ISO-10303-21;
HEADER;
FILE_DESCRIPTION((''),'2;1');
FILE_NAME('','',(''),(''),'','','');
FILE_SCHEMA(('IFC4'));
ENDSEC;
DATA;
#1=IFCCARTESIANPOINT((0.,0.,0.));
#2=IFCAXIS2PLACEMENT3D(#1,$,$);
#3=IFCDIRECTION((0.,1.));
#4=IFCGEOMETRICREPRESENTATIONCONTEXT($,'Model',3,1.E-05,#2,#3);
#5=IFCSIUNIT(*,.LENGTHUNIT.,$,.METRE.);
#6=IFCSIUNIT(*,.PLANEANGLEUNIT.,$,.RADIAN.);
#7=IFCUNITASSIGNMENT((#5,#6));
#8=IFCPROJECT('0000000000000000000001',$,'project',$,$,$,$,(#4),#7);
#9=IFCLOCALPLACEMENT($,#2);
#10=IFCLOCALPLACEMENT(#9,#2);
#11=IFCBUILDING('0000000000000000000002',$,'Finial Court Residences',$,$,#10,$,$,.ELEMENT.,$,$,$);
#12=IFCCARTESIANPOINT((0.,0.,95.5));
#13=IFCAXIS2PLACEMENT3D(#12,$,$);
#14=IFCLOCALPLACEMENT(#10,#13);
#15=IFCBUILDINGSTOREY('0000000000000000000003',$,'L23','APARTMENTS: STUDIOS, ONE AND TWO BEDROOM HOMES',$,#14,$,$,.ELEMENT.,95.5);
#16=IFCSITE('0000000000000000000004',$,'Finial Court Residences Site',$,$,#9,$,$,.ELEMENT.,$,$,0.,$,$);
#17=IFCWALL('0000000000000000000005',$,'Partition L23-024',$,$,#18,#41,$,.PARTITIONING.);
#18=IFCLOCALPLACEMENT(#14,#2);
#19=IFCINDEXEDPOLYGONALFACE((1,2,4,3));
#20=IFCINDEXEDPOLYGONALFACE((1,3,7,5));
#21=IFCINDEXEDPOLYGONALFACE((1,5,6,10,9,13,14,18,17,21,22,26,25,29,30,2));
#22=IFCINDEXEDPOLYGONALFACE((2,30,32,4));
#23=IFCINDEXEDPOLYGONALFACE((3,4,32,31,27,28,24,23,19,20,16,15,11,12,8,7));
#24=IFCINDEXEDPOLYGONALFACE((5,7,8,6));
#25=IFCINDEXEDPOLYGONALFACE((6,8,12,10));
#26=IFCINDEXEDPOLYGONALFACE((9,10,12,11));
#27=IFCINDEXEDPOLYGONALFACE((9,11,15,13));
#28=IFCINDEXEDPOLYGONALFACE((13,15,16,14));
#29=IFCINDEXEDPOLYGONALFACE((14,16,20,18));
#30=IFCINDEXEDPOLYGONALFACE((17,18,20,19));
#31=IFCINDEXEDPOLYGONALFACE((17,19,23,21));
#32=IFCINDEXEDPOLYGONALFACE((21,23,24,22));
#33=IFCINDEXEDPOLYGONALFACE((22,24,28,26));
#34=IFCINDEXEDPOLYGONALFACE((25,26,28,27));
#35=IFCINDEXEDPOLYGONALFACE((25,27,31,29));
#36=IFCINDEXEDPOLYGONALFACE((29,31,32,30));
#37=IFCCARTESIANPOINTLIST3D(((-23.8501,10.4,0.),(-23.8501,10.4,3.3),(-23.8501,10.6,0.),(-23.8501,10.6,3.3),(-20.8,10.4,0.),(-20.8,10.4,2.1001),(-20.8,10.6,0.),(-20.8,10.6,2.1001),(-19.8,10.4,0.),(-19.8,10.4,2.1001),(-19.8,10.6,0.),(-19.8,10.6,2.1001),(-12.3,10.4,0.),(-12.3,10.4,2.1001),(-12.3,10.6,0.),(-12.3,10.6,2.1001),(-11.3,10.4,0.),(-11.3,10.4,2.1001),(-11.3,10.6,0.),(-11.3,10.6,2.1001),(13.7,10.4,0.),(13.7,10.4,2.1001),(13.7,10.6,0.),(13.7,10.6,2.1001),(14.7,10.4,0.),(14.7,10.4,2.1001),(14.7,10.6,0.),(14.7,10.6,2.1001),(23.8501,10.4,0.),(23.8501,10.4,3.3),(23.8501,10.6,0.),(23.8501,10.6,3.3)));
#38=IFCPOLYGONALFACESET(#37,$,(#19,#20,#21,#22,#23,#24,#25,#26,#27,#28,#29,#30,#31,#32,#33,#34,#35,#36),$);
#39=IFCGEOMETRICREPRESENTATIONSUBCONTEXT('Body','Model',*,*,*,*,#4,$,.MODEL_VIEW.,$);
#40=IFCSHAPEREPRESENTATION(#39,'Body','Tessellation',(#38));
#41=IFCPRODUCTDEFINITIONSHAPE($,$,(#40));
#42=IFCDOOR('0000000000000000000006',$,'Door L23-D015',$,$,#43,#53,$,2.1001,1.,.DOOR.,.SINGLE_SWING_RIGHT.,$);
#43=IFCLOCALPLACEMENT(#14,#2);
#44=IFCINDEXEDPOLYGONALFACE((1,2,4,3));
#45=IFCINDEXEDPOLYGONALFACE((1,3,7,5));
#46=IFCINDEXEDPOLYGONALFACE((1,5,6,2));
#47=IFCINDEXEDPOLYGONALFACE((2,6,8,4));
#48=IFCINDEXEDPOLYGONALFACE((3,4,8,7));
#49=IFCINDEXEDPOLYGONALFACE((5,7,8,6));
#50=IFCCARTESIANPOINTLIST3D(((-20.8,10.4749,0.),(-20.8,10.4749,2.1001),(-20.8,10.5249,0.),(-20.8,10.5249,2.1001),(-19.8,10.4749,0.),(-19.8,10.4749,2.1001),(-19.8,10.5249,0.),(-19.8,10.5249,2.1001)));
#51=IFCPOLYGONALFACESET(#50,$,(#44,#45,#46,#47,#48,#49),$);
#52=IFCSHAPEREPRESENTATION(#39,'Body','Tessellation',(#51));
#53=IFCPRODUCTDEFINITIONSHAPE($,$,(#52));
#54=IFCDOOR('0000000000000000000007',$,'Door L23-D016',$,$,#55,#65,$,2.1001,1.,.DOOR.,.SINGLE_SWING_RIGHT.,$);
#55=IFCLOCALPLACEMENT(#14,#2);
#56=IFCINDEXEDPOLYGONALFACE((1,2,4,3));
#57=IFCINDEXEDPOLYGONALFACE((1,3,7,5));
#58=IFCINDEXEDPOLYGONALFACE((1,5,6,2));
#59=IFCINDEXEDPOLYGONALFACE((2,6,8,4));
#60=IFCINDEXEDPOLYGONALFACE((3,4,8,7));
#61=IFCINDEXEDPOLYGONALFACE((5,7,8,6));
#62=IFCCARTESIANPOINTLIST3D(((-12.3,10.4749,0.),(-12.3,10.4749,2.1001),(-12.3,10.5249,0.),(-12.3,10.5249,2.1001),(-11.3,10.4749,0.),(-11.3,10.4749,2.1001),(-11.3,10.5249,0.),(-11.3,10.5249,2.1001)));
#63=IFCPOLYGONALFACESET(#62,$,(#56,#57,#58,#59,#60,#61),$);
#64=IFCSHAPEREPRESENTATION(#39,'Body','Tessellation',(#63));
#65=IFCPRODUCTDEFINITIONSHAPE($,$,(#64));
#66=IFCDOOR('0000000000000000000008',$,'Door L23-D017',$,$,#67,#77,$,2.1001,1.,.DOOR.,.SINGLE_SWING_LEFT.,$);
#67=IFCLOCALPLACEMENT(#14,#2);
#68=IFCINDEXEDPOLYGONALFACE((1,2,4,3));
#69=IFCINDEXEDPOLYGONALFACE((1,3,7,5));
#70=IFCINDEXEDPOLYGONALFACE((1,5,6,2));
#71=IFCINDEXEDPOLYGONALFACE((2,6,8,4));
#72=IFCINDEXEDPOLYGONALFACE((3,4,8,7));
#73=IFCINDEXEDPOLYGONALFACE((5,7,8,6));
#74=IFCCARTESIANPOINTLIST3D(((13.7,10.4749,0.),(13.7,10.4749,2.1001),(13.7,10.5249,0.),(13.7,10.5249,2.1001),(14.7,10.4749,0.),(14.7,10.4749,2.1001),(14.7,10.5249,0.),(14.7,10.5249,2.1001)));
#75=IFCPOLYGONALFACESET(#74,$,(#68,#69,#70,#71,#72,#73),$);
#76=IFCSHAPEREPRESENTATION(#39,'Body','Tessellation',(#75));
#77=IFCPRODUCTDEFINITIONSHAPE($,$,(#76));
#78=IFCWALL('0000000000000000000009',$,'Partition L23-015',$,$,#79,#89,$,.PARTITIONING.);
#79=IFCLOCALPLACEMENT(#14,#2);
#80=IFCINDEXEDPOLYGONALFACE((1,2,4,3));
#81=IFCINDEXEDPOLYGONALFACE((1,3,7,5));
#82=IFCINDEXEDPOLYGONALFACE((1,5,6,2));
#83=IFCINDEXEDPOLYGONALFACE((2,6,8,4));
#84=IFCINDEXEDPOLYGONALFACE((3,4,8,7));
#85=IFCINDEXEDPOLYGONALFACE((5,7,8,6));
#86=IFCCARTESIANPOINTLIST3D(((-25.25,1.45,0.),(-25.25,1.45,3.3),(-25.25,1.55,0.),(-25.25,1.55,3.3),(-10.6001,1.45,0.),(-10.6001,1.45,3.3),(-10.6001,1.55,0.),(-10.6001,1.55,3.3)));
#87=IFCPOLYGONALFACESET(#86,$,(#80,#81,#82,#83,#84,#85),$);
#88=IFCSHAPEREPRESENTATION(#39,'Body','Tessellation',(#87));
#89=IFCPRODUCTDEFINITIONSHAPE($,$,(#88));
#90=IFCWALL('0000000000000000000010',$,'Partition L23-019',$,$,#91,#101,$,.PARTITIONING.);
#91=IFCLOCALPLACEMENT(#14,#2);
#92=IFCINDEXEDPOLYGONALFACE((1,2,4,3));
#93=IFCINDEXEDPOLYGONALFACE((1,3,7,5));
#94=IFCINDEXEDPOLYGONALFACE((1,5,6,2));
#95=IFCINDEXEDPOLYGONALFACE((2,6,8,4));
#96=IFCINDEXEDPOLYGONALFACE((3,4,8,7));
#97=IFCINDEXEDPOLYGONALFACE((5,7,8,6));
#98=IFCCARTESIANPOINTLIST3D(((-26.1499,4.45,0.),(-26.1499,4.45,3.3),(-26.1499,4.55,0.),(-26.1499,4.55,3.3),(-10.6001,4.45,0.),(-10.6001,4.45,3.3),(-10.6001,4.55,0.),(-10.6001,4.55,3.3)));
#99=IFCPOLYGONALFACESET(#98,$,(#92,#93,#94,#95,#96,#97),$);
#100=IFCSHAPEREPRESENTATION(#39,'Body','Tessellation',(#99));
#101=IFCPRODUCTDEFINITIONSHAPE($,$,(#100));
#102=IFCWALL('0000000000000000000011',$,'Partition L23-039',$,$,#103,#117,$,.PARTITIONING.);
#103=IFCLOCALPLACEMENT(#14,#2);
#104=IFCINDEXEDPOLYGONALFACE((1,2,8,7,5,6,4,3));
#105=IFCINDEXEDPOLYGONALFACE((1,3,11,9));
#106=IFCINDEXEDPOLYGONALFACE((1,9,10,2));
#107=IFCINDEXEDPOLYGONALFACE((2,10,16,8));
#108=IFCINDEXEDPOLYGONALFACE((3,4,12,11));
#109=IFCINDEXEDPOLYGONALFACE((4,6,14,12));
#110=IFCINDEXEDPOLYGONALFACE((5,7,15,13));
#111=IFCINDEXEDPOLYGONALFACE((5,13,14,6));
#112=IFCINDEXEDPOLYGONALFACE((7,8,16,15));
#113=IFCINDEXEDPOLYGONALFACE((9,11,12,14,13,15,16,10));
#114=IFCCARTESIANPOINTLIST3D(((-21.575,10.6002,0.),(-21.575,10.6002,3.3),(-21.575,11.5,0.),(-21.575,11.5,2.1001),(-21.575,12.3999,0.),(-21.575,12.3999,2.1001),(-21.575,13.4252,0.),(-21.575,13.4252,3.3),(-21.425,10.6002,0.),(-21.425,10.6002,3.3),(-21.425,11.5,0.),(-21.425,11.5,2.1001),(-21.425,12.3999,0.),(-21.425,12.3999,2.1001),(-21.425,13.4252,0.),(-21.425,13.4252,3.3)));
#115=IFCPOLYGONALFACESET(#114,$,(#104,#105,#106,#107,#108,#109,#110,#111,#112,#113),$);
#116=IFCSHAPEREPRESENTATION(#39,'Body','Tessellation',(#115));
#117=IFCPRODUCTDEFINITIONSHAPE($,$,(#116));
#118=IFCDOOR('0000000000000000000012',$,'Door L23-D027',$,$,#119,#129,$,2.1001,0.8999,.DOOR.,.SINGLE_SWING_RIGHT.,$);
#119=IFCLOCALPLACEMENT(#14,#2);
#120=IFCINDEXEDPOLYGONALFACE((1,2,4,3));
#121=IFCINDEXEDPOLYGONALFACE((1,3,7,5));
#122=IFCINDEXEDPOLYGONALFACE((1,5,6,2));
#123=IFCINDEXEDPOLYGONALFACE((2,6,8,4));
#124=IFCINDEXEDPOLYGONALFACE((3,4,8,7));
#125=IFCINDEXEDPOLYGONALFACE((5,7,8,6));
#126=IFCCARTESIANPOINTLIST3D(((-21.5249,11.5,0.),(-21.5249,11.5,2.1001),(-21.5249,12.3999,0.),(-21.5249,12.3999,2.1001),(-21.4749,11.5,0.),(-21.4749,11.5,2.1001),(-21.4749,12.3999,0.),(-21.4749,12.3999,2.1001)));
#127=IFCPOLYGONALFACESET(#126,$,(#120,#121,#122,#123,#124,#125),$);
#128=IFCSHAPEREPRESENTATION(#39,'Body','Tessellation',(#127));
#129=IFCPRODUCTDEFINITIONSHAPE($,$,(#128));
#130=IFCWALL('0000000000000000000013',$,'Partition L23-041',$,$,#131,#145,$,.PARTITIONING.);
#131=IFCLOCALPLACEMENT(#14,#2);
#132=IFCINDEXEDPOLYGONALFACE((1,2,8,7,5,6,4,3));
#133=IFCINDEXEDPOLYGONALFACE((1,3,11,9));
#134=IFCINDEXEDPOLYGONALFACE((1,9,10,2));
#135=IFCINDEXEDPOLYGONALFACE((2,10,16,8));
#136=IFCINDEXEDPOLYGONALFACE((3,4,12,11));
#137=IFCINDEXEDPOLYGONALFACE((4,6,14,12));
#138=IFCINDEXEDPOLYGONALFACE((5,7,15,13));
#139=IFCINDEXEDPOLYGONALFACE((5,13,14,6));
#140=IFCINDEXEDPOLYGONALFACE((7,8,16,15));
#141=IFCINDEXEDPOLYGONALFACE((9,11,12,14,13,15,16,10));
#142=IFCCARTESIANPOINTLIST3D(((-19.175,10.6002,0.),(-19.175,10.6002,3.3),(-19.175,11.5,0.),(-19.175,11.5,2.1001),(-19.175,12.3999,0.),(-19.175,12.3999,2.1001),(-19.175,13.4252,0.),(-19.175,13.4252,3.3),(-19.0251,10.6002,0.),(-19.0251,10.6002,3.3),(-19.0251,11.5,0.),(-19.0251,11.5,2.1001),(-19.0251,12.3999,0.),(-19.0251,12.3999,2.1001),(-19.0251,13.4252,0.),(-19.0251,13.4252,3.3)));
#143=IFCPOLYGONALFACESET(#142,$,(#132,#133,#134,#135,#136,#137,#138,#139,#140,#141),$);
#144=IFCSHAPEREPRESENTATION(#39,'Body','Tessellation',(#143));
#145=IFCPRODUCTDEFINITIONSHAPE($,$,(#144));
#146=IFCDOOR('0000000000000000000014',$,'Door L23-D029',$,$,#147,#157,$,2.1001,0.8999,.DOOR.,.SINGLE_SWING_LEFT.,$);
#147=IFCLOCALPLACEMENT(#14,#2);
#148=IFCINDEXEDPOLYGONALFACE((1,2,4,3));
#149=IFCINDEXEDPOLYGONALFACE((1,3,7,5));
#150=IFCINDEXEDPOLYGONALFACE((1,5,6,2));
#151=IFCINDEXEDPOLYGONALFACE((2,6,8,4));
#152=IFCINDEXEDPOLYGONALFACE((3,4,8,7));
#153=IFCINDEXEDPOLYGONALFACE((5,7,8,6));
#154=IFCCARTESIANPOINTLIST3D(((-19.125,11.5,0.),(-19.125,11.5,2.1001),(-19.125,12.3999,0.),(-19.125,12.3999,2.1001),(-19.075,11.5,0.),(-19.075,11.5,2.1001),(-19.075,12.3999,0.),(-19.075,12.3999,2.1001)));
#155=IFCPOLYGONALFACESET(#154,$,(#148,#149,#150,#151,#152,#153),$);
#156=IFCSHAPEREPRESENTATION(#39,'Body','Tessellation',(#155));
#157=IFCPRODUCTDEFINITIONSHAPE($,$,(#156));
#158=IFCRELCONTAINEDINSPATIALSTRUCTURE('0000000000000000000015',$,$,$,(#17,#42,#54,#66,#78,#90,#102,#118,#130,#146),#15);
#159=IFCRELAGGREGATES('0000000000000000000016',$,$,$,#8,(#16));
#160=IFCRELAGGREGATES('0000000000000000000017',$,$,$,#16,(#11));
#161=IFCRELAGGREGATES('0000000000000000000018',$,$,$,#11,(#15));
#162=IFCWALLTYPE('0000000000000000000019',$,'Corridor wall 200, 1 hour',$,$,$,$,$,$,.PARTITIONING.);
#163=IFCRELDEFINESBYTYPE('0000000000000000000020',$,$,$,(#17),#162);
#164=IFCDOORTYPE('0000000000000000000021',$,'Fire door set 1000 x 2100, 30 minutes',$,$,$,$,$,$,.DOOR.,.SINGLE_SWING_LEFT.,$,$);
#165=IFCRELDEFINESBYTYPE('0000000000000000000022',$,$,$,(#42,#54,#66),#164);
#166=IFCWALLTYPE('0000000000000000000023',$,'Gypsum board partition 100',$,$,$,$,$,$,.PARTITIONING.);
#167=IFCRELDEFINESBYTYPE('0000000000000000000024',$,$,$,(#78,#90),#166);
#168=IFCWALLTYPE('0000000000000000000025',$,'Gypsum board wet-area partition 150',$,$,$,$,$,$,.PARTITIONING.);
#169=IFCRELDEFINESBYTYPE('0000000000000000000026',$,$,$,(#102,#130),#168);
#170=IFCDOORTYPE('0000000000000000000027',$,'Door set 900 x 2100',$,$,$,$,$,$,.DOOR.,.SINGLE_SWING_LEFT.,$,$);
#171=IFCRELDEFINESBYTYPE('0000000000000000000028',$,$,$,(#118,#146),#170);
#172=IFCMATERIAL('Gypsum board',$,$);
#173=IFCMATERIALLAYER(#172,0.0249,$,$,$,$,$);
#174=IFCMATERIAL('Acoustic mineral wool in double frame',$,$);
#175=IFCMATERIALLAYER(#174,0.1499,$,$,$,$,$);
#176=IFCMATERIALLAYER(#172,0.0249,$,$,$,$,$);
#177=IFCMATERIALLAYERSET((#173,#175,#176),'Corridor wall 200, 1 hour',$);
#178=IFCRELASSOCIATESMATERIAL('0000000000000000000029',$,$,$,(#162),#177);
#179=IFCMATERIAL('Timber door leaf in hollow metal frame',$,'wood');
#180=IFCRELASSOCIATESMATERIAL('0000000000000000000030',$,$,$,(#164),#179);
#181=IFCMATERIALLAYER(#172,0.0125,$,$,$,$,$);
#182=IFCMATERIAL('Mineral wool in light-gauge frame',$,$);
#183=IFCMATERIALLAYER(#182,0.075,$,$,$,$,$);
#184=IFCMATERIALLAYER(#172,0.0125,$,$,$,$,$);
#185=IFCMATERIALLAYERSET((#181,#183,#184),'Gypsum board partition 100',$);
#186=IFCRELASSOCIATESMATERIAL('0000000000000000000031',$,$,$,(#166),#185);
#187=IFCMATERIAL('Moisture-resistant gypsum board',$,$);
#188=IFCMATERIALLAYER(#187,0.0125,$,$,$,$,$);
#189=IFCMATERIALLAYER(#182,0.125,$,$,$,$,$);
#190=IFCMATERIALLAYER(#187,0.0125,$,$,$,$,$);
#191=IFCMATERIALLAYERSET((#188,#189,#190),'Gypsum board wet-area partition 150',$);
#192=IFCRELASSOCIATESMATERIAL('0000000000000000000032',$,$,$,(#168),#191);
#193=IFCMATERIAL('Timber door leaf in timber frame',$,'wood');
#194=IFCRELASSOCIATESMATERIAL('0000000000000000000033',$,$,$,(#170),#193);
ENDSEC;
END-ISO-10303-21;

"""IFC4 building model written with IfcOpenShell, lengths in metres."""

from ifc_helpers import new_model, si_unit, direction, frame, frame_2d, origin, place, context, subcontext, project, spatial, rectangle, extrude, material, layer, layer_set, type_object, element, fill, save


model = new_model("IFC4")

# Units and contexts
model_context = context("Model", 3, precision=1e-05, world=origin(), true_north=direction((0.0, 1.0)))
body_context = subcontext(model_context, "Body", "Model", "MODEL_VIEW")
ifc_project = project(units=[si_unit("LENGTHUNIT", "METRE"), si_unit("PLANEANGLEUNIT", "RADIAN")], contexts=[model_context])

# Site, building, storey
site_placement = place(None, origin())
site = spatial("IfcSite", under=ifc_project, at=site_placement, Name="Finial Court Residences Site", CompositionType="ELEMENT", RefElevation=0.0)
building_placement = place(site_placement, origin())
building = spatial("IfcBuilding", under=site, at=building_placement, Name="Finial Court Residences", CompositionType="ELEMENT")
storey_placement = place(building_placement, frame((0.0, 0.0, 95.5)))
storey = spatial("IfcBuildingStorey", under=building, at=storey_placement, Name="L23", Description="APARTMENTS: STUDIOS, ONE AND TWO BEDROOM HOMES", CompositionType="ELEMENT", Elevation=95.5)

# Shared definitions
ifc_material_1 = material(Name="Gypsum board")
ifc_layer_1 = layer(ifc_material_1, 0.0249)
ifc_material_2 = material(Name="Acoustic mineral wool in double frame")
ifc_layer_2 = layer(ifc_material_2, 0.1499)
ifc_layer_3 = layer(ifc_material_1, 0.0249)
ifc_layer_set_1 = layer_set([ifc_layer_1, ifc_layer_2, ifc_layer_3], Name="Corridor wall 200, 1 hour")
wall_type_1 = type_object("IfcWallType", Name="Corridor wall 200, 1 hour", PredefinedType="PARTITIONING", material=ifc_layer_set_1)

# Wall, openings, doors
wall_1_placement = place(storey_placement, frame((-23.8501, 10.5, 0.0), z_axis=(0.0, 0.0, 1.0), x_axis=(1.0, 0.0, 0.0)))
wall_1 = element("IfcWall", 1, at=wall_1_placement, inside=storey, type_object=wall_type_1, Name="Partition L23-024", PredefinedType="PARTITIONING", context=body_context, shape_type="SweptSolid", body=[
    extrude(rectangle(XDim=47.7002, YDim=0.2, at=frame_2d((23.8501, 0.0))), origin(), (0.0, 0.0, 1.0), 3.3),
])
opening_1_placement = place(wall_1_placement, frame((3.05, 0.0, 0.0)))
opening_1 = element("IfcOpeningElement", 2, at=opening_1_placement, cuts=wall_1, PredefinedType="OPENING", context=body_context, shape_type="SweptSolid", body=[
    extrude(rectangle(XDim=1.0, YDim=2.1001, at=frame_2d((0.5, 1.05))), frame((0.0, 0.1099, 0.0), z_axis=(0.0, -1.0, 0.0), x_axis=(1.0, 0.0, 0.0)), (0.0, 0.0, 1.0), 0.22),
])
opening_2_placement = place(wall_1_placement, frame((11.55, 0.0, 0.0)))
opening_2 = element("IfcOpeningElement", 3, at=opening_2_placement, cuts=wall_1, PredefinedType="OPENING", context=body_context, shape_type="SweptSolid", body=[
    extrude(rectangle(XDim=1.0, YDim=2.1001, at=frame_2d((0.5, 1.05))), frame((0.0, 0.1099, 0.0), z_axis=(0.0, -1.0, 0.0), x_axis=(1.0, 0.0, 0.0)), (0.0, 0.0, 1.0), 0.22),
])
opening_3_placement = place(wall_1_placement, frame((37.55, 0.0, 0.0)))
opening_3 = element("IfcOpeningElement", 4, at=opening_3_placement, cuts=wall_1, PredefinedType="OPENING", context=body_context, shape_type="SweptSolid", body=[
    extrude(rectangle(XDim=1.0, YDim=2.1001, at=frame_2d((0.5, 1.05))), frame((0.0, 0.1099, 0.0), z_axis=(0.0, -1.0, 0.0), x_axis=(1.0, 0.0, 0.0)), (0.0, 0.0, 1.0), 0.22),
])
ifc_material_3 = material(Name="Timber door leaf in hollow metal frame", Category="wood")
door_type_1 = type_object("IfcDoorType", Name="Fire door set 1000 x 2100, 30 minutes", OperationType="SINGLE_SWING_LEFT", PredefinedType="DOOR", material=ifc_material_3)
door_1_placement = place(opening_1_placement, origin())
door_1 = element("IfcDoor", 5, at=door_1_placement, inside=storey, type_object=door_type_1, Name="Door L23-D015", OperationType="SINGLE_SWING_RIGHT", OverallHeight=2.1001, OverallWidth=1.0, PredefinedType="DOOR", context=body_context, shape_type="SweptSolid", body=[
    extrude(rectangle(XDim=1.0, YDim=2.1001, at=frame_2d((0.5, 1.05))), frame((0.0, 0.0249, 0.0), z_axis=(0.0, -1.0, 0.0), x_axis=(1.0, 0.0, 0.0)), (0.0, 0.0, 1.0), 0.05),
])
fill(opening_1, door_1)
door_2_placement = place(opening_2_placement, origin())
door_2 = element("IfcDoor", 6, at=door_2_placement, inside=storey, type_object=door_type_1, Name="Door L23-D016", OperationType="SINGLE_SWING_RIGHT", OverallHeight=2.1001, OverallWidth=1.0, PredefinedType="DOOR", context=body_context, shape_type="SweptSolid", body=[
    extrude(rectangle(XDim=1.0, YDim=2.1001, at=frame_2d((0.5, 1.05))), frame((0.0, 0.0249, 0.0), z_axis=(0.0, -1.0, 0.0), x_axis=(1.0, 0.0, 0.0)), (0.0, 0.0, 1.0), 0.05),
])
fill(opening_2, door_2)
door_3_placement = place(opening_3_placement, origin())
door_3 = element("IfcDoor", 7, at=door_3_placement, inside=storey, type_object=door_type_1, Name="Door L23-D017", OperationType="SINGLE_SWING_LEFT", OverallHeight=2.1001, OverallWidth=1.0, PredefinedType="DOOR", context=body_context, shape_type="SweptSolid", body=[
    extrude(rectangle(XDim=1.0, YDim=2.1001, at=frame_2d((0.5, 1.05))), frame((0.0, 0.0249, 0.0), z_axis=(0.0, -1.0, 0.0), x_axis=(1.0, 0.0, 0.0)), (0.0, 0.0, 1.0), 0.05),
])
fill(opening_3, door_3)

# Walls
ifc_layer_4 = layer(ifc_material_1, 0.0125)
ifc_material_4 = material(Name="Mineral wool in light-gauge frame")
ifc_layer_5 = layer(ifc_material_4, 0.075)
ifc_layer_6 = layer(ifc_material_1, 0.0125)
ifc_layer_set_2 = layer_set([ifc_layer_4, ifc_layer_5, ifc_layer_6], Name="Gypsum board partition 100")
wall_type_2 = type_object("IfcWallType", Name="Gypsum board partition 100", PredefinedType="PARTITIONING", material=ifc_layer_set_2)
wall_2_placement = place(storey_placement, frame((-25.25, 1.5, 0.0), z_axis=(0.0, 0.0, 1.0), x_axis=(1.0, 0.0, 0.0)))
element("IfcWall", 8, at=wall_2_placement, inside=storey, type_object=wall_type_2, Name="Partition L23-015", PredefinedType="PARTITIONING", context=body_context, shape_type="SweptSolid", body=[
    extrude(rectangle(XDim=14.6499, YDim=0.1001, at=frame_2d((7.325, 0.0))), origin(), (0.0, 0.0, 1.0), 3.3),
])
wall_3_placement = place(storey_placement, frame((-26.1499, 4.5, 0.0), z_axis=(0.0, 0.0, 1.0), x_axis=(1.0, 0.0, 0.0)))
element("IfcWall", 9, at=wall_3_placement, inside=storey, type_object=wall_type_2, Name="Partition L23-019", PredefinedType="PARTITIONING", context=body_context, shape_type="SweptSolid", body=[
    extrude(rectangle(XDim=15.5498, YDim=0.1001, at=frame_2d((7.7749, 0.0))), origin(), (0.0, 0.0, 1.0), 3.3),
])

# Walls, openings, doors
ifc_material_5 = material(Name="Moisture-resistant gypsum board")
ifc_layer_7 = layer(ifc_material_5, 0.0125)
ifc_layer_8 = layer(ifc_material_4, 0.125)
ifc_layer_9 = layer(ifc_material_5, 0.0125)
ifc_layer_set_3 = layer_set([ifc_layer_7, ifc_layer_8, ifc_layer_9], Name="Gypsum board wet-area partition 150")
wall_type_3 = type_object("IfcWallType", Name="Gypsum board wet-area partition 150", PredefinedType="PARTITIONING", material=ifc_layer_set_3)
wall_4_placement = place(storey_placement, frame((-21.5, 10.6001, 0.0), z_axis=(0.0, 0.0, 1.0), x_axis=(0.0, 1.0, 0.0)))
wall_4 = element("IfcWall", 10, at=wall_4_placement, inside=storey, type_object=wall_type_3, Name="Partition L23-039", PredefinedType="PARTITIONING", context=body_context, shape_type="SweptSolid", body=[
    extrude(rectangle(XDim=2.825, YDim=0.1499, at=frame_2d((1.4126, 0.0))), origin(), (0.0, 0.0, 1.0), 3.3),
])
opening_4_placement = place(wall_4_placement, frame((0.8999, 0.0, 0.0)))
opening_4 = element("IfcOpeningElement", 11, at=opening_4_placement, cuts=wall_4, PredefinedType="OPENING", context=body_context, shape_type="SweptSolid", body=[
    extrude(rectangle(XDim=0.8999, YDim=2.1001, at=frame_2d((0.45, 1.05))), frame((0.0, 0.085, 0.0), z_axis=(0.0, -1.0, 0.0), x_axis=(1.0, 0.0, 0.0)), (0.0, 0.0, 1.0), 0.1699),
])
ifc_material_6 = material(Name="Timber door leaf in timber frame", Category="wood")
door_type_2 = type_object("IfcDoorType", Name="Door set 900 x 2100", OperationType="SINGLE_SWING_LEFT", PredefinedType="DOOR", material=ifc_material_6)
door_4_placement = place(opening_4_placement, origin())
door_4 = element("IfcDoor", 12, at=door_4_placement, inside=storey, type_object=door_type_2, Name="Door L23-D027", OperationType="SINGLE_SWING_RIGHT", OverallHeight=2.1001, OverallWidth=0.8999, PredefinedType="DOOR", context=body_context, shape_type="SweptSolid", body=[
    extrude(rectangle(XDim=0.8999, YDim=2.1001, at=frame_2d((0.45, 1.05))), frame((0.0, 0.0249, 0.0), z_axis=(0.0, -1.0, 0.0), x_axis=(1.0, 0.0, 0.0)), (0.0, 0.0, 1.0), 0.05),
])
fill(opening_4, door_4)
wall_5_placement = place(storey_placement, frame((-19.1001, 10.6001, 0.0), z_axis=(0.0, 0.0, 1.0), x_axis=(0.0, 1.0, 0.0)))
wall_5 = element("IfcWall", 13, at=wall_5_placement, inside=storey, type_object=wall_type_3, Name="Partition L23-041", PredefinedType="PARTITIONING", context=body_context, shape_type="SweptSolid", body=[
    extrude(rectangle(XDim=2.825, YDim=0.1499, at=frame_2d((1.4126, 0.0))), origin(), (0.0, 0.0, 1.0), 3.3),
])
opening_5_placement = place(wall_5_placement, frame((0.8999, 0.0, 0.0)))
opening_5 = element("IfcOpeningElement", 14, at=opening_5_placement, cuts=wall_5, PredefinedType="OPENING", context=body_context, shape_type="SweptSolid", body=[
    extrude(rectangle(XDim=0.8999, YDim=2.1001, at=frame_2d((0.45, 1.05))), frame((0.0, 0.085, 0.0), z_axis=(0.0, -1.0, 0.0), x_axis=(1.0, 0.0, 0.0)), (0.0, 0.0, 1.0), 0.1699),
])
door_5_placement = place(opening_5_placement, origin())
door_5 = element("IfcDoor", 15, at=door_5_placement, inside=storey, type_object=door_type_2, Name="Door L23-D029", OperationType="SINGLE_SWING_LEFT", OverallHeight=2.1001, OverallWidth=0.8999, PredefinedType="DOOR", context=body_context, shape_type="SweptSolid", body=[
    extrude(rectangle(XDim=0.8999, YDim=2.1001, at=frame_2d((0.45, 1.05))), frame((0.0, 0.0249, 0.0), z_axis=(0.0, -1.0, 0.0), x_axis=(1.0, 0.0, 0.0)), (0.0, 0.0, 1.0), 0.05),
])
fill(opening_5, door_5)

save(model, "model.ifc")
